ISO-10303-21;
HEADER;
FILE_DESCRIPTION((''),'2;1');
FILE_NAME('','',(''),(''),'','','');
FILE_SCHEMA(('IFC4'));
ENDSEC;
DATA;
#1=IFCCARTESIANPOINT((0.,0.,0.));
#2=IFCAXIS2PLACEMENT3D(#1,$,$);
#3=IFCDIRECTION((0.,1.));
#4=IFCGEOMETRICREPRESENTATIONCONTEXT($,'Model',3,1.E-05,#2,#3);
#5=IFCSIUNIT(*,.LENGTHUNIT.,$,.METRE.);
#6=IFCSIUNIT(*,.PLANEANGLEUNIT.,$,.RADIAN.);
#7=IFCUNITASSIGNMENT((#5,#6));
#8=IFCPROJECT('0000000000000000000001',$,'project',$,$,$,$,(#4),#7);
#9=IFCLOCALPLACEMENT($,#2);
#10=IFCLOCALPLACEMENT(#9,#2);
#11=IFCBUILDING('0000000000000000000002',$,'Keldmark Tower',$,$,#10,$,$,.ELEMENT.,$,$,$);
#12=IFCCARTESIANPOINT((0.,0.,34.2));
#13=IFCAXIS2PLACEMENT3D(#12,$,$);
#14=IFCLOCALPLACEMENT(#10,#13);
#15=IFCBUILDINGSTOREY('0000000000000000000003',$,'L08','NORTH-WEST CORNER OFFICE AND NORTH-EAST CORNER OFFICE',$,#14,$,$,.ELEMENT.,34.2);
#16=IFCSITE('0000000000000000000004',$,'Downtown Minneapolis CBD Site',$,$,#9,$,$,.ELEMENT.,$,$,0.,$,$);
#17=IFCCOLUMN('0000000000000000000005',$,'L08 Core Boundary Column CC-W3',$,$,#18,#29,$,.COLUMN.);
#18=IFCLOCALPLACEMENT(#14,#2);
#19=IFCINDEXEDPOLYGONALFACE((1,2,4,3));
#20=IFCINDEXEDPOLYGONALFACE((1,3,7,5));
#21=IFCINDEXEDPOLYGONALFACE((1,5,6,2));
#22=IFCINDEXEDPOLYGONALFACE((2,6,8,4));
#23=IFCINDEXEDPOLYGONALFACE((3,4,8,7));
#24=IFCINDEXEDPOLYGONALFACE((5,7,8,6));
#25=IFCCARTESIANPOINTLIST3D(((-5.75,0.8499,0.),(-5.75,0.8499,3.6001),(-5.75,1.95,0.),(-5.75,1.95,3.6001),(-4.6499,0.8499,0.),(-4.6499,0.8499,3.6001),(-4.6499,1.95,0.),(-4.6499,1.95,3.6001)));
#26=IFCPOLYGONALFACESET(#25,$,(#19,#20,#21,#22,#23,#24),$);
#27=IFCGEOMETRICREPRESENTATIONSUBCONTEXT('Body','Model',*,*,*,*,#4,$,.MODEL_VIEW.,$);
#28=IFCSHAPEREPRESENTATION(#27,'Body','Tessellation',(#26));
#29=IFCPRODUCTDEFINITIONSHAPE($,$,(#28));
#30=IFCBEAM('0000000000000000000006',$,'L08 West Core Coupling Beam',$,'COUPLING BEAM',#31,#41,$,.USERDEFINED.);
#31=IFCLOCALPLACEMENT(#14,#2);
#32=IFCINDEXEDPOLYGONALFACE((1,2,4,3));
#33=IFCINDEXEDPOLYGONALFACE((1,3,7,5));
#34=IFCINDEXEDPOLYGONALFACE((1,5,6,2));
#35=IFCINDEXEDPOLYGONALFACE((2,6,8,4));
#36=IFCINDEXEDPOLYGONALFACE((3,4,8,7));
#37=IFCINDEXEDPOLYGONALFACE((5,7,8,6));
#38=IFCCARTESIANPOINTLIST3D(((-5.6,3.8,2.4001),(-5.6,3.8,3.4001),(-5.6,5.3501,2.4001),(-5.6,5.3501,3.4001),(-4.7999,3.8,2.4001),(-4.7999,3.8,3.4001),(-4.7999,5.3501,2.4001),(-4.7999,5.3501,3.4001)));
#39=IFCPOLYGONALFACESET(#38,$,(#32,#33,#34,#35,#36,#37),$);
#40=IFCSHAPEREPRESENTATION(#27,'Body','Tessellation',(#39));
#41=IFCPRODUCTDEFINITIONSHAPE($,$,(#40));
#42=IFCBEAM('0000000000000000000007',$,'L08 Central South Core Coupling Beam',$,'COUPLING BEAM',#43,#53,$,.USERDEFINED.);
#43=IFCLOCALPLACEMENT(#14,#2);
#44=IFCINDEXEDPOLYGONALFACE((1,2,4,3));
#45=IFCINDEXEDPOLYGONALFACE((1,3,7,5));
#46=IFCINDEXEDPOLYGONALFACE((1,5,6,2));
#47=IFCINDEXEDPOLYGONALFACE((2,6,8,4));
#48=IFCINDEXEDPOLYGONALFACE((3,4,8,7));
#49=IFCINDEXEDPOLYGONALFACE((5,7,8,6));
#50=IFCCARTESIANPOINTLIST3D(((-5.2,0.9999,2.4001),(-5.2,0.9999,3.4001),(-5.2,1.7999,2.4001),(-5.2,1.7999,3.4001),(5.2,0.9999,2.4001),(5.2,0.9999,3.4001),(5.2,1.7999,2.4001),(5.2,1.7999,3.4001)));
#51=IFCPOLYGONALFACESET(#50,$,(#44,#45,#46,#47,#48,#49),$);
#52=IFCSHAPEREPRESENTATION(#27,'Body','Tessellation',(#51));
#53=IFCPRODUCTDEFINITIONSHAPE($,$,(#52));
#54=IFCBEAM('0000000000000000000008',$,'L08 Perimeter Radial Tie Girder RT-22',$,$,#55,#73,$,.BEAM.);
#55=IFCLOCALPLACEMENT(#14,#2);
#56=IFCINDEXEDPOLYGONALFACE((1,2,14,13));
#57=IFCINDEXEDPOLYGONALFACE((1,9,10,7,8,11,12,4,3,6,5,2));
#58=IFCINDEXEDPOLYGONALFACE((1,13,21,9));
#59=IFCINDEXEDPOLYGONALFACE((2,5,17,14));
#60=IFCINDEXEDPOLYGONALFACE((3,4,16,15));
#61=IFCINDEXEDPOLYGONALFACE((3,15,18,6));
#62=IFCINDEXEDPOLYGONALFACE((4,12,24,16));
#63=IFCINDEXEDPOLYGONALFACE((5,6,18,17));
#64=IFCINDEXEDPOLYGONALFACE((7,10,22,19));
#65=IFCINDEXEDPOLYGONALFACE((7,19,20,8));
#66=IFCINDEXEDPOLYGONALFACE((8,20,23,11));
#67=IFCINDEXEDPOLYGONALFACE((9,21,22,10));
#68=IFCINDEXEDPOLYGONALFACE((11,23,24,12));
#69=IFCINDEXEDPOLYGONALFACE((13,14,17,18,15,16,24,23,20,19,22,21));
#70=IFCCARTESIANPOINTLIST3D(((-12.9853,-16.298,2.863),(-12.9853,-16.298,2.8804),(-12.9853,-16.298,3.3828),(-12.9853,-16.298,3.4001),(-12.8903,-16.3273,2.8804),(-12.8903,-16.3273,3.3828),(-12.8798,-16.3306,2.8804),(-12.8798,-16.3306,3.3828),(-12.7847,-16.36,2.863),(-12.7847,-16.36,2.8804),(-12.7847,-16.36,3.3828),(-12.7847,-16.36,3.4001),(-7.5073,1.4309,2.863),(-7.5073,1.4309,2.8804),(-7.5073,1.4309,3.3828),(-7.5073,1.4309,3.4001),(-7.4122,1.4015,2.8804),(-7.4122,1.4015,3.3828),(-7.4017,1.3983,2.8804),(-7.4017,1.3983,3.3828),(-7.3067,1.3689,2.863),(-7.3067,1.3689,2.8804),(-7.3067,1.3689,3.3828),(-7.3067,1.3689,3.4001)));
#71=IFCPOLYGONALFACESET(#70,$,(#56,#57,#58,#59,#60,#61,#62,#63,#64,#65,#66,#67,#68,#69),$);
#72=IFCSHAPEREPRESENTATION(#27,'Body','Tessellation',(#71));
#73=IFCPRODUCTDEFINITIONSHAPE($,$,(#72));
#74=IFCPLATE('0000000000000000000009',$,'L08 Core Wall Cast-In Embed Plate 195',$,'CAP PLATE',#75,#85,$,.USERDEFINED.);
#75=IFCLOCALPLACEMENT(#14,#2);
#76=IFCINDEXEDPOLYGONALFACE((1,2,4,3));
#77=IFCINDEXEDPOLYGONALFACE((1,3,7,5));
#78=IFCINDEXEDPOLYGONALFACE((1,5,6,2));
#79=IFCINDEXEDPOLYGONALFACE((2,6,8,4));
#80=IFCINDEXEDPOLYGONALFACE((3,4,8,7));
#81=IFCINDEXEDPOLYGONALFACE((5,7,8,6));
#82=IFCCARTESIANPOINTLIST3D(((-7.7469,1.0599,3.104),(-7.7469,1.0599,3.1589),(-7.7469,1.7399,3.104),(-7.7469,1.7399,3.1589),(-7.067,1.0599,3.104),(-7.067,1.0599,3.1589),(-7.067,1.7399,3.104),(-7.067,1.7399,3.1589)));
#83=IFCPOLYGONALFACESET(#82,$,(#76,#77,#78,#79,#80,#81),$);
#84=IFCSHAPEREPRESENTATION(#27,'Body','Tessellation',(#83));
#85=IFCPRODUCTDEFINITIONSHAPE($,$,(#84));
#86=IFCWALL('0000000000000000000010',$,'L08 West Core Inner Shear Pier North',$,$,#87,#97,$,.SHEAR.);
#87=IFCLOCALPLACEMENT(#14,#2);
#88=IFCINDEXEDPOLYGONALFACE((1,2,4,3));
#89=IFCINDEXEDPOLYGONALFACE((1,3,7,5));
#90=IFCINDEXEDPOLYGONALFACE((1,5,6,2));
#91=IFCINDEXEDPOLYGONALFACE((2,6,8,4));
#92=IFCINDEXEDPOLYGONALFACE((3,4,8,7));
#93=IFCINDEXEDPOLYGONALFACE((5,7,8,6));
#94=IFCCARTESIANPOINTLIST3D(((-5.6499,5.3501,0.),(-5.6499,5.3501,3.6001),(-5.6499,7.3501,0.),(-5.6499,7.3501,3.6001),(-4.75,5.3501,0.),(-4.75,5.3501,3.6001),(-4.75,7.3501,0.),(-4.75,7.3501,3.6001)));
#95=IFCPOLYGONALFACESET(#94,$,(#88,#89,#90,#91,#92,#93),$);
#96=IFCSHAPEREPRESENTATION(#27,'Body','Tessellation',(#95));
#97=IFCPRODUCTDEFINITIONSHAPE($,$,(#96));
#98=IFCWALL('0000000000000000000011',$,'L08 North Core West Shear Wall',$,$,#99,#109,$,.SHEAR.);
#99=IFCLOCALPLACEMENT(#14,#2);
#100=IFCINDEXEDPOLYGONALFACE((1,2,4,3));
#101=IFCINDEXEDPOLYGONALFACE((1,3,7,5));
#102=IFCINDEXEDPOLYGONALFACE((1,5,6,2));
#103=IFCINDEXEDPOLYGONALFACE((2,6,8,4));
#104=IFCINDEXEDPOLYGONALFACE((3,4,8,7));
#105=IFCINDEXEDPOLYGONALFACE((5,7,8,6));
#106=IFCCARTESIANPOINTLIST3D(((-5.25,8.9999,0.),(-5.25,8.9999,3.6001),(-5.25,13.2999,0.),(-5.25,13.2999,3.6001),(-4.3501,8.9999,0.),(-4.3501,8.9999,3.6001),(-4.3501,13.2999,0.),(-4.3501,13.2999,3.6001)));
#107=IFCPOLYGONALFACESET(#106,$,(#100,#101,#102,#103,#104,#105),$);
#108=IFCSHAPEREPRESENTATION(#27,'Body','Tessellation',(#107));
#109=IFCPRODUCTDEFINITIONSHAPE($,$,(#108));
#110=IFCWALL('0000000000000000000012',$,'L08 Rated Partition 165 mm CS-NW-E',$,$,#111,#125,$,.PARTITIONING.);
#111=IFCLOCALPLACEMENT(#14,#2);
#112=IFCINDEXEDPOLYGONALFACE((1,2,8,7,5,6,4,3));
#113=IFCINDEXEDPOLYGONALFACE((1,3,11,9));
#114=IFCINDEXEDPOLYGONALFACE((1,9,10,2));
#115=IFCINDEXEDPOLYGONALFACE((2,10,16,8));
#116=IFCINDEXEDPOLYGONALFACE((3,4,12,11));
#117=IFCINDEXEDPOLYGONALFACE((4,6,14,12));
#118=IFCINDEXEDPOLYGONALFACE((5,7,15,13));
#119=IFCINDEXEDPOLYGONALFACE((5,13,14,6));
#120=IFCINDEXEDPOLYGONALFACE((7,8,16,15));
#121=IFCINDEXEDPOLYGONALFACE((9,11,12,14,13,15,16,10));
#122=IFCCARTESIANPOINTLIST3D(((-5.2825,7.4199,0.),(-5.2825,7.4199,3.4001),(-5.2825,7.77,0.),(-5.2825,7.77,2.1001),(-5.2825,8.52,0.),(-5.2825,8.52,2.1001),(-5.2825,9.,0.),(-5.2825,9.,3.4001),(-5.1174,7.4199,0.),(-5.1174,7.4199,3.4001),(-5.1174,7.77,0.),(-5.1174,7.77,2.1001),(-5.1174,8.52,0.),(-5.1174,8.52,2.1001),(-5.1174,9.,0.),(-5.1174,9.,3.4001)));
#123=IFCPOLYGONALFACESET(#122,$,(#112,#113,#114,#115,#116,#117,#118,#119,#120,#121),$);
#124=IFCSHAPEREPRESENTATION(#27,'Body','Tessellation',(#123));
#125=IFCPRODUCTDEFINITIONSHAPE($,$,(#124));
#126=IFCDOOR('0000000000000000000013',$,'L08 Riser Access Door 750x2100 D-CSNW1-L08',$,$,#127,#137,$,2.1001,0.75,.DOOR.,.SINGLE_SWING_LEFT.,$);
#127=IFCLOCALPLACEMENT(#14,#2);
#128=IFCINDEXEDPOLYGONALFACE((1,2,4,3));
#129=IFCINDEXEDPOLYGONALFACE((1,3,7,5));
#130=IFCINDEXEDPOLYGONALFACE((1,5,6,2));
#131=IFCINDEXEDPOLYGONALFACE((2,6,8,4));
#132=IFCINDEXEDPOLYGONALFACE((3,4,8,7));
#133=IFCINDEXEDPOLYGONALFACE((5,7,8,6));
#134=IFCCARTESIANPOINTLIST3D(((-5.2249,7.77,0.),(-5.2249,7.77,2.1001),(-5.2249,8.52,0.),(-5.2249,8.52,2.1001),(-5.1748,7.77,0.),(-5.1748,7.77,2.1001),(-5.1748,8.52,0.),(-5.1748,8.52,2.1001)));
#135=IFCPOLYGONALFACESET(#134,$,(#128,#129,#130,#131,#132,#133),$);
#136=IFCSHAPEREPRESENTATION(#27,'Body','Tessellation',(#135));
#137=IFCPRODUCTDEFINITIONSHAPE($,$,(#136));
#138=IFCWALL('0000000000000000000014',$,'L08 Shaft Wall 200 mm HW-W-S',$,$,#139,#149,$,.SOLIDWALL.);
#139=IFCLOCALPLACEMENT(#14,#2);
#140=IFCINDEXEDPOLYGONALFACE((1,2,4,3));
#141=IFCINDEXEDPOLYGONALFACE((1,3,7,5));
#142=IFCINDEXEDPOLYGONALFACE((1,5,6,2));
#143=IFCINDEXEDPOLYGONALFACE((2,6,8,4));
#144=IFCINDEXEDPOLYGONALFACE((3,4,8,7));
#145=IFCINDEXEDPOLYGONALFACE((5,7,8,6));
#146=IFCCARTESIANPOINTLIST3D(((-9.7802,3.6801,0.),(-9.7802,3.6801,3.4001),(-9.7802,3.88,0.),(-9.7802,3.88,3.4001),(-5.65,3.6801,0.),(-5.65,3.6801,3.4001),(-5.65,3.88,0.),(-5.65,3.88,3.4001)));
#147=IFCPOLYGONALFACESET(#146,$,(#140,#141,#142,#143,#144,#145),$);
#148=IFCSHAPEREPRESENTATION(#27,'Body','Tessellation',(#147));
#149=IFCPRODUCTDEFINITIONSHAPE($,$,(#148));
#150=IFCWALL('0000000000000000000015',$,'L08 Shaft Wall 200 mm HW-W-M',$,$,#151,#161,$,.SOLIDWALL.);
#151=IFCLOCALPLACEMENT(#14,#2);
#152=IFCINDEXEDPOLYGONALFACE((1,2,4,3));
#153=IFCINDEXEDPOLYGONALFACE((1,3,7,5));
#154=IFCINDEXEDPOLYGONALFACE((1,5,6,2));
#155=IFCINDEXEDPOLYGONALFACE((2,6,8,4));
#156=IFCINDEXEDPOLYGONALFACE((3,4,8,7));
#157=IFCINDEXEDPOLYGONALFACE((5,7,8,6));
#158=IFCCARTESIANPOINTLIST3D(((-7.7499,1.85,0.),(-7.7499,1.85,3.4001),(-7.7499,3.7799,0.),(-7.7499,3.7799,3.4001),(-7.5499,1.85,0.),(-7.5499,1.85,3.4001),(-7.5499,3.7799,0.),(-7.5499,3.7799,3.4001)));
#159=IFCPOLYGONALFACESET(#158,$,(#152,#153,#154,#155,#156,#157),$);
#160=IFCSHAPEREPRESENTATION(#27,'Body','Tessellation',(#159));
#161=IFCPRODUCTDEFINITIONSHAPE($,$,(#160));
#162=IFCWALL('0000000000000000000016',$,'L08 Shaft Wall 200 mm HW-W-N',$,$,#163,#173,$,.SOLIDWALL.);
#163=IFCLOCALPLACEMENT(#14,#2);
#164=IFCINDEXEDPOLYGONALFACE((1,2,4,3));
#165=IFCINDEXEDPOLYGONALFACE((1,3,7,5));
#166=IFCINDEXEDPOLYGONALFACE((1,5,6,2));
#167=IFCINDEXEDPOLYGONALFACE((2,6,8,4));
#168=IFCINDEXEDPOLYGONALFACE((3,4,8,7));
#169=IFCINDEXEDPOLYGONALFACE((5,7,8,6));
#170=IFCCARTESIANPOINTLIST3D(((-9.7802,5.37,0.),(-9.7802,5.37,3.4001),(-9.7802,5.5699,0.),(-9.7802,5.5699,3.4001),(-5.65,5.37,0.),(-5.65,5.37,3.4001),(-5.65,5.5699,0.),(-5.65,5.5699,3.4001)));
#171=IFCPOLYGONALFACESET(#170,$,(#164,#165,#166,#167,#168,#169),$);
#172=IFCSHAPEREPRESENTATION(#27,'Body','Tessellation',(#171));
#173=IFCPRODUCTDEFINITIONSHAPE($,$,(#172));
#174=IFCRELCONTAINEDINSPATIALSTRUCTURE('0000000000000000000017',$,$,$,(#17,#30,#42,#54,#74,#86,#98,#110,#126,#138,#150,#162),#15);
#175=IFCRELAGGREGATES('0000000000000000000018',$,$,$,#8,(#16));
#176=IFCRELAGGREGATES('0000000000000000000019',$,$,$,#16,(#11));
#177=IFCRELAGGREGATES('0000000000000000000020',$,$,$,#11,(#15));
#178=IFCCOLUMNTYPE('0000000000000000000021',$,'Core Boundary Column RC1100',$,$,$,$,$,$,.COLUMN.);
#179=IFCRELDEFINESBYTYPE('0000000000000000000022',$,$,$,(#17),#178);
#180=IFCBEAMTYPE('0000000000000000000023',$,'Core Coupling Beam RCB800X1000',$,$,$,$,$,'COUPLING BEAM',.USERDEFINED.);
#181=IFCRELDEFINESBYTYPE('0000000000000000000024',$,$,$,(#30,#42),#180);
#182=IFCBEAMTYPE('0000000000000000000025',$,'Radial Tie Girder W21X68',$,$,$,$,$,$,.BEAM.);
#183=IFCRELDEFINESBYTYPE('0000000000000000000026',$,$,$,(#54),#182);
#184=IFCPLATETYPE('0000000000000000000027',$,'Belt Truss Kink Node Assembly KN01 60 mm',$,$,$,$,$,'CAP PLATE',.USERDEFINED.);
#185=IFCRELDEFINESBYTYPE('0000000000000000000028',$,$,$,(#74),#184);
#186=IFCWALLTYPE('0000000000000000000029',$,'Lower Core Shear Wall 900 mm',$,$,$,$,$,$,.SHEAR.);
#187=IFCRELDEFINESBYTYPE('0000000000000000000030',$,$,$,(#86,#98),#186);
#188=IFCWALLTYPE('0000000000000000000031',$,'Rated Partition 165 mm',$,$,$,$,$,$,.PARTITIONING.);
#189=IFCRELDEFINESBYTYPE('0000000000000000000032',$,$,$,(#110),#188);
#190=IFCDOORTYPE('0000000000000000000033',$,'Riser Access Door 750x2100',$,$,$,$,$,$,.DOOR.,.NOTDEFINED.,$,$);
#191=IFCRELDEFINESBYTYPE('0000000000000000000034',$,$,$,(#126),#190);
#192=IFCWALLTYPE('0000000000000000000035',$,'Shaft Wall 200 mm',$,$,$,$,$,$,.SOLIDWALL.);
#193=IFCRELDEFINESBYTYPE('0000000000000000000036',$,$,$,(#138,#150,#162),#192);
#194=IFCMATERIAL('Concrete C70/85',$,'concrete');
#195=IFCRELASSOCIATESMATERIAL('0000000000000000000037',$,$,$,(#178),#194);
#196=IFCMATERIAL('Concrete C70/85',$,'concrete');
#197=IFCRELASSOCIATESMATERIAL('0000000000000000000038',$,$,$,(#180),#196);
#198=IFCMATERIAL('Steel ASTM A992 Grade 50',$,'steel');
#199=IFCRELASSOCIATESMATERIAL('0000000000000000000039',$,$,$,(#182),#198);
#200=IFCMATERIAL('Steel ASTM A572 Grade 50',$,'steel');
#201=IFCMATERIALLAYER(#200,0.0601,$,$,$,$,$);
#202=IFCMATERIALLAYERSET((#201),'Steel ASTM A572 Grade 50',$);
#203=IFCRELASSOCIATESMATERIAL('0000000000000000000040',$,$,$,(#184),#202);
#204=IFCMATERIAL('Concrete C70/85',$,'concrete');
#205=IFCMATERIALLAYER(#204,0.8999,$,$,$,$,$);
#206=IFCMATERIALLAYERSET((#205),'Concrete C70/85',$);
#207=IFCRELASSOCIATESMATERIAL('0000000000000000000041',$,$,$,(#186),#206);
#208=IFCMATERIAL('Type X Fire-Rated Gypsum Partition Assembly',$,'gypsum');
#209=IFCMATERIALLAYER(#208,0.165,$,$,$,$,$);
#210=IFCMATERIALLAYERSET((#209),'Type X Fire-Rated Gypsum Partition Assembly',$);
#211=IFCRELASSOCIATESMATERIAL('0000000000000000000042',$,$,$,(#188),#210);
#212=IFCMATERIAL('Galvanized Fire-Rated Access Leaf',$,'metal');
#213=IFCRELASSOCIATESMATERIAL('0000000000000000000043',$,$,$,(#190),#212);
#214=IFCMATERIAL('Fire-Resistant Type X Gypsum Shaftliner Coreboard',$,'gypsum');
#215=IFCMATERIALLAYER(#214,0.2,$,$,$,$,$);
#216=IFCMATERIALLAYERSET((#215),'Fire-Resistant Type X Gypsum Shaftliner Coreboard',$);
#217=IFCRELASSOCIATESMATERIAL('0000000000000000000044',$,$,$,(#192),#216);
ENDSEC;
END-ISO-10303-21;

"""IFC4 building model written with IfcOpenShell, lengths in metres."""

from ifc_helpers import new_model, si_unit, direction, frame, frame_2d, origin, origin_2d, place, context, subcontext, project, spatial, rectangle, i_section, extrude, material, layer, layer_set, material_profile, profile_set, type_object, element, fill, save


model = new_model("IFC4")

# Units and contexts
model_context = context("Model", 3, precision=1e-05, world=origin(), true_north=direction((0.0, 1.0)))
body_context = subcontext(model_context, "Body", "Model", "MODEL_VIEW")
ifc_project = project(units=[si_unit("LENGTHUNIT", "METRE"), si_unit("PLANEANGLEUNIT", "RADIAN")], contexts=[model_context])

# Site, building, storey
site_placement = place(None, origin())
site = spatial("IfcSite", under=ifc_project, at=site_placement, Name="Downtown Minneapolis CBD Site", CompositionType="ELEMENT", RefElevation=0.0)
building_placement = place(site_placement, origin())
building = spatial("IfcBuilding", under=site, at=building_placement, Name="Keldmark Tower", CompositionType="ELEMENT")
storey_placement = place(building_placement, frame((0.0, 0.0, 34.2)))
storey = spatial("IfcBuildingStorey", under=building, at=storey_placement, Name="L08", Description="NORTH-WEST CORNER OFFICE AND NORTH-EAST CORNER OFFICE", CompositionType="ELEMENT", Elevation=34.2)

# Column
ifc_material_1 = material(Name="Concrete C70/85", Category="concrete")
ifc_material_profile_1 = material_profile(ifc_material_1, rectangle(XDim=1.1001, YDim=1.1001, at=origin_2d()), Name="RC1100X1100")
ifc_profile_set_1 = profile_set([ifc_material_profile_1], Name="Concrete C70/85")
column_type = type_object("IfcColumnType", Name="Core Boundary Column RC1100", PredefinedType="COLUMN", material=ifc_profile_set_1)
column_placement = place(storey_placement, frame((-5.2, 1.3999, 0.0), z_axis=(0.0, 0.0, 1.0), x_axis=(1.0, 0.0, 0.0)))
element("IfcColumn", 1, at=column_placement, inside=storey, type_object=column_type, Name="L08 Core Boundary Column CC-W3", PredefinedType="COLUMN", context=body_context, shape_type="SweptSolid", body=[
    extrude(rectangle(XDim=1.1001, YDim=1.1001, at=origin_2d()), origin(), (0.0, 0.0, 1.0), 3.6001),
])

# Beams
ifc_material_2 = material(Name="Concrete C70/85", Category="concrete")
ifc_material_profile_2 = material_profile(ifc_material_2, rectangle(XDim=0.8, YDim=1.0, at=origin_2d()), Name="RCB800X1000")
ifc_profile_set_2 = profile_set([ifc_material_profile_2], Name="Concrete C70/85")
beam_type_1 = type_object("IfcBeamType", Name="Core Coupling Beam RCB800X1000", ElementType="COUPLING BEAM", PredefinedType="USERDEFINED", material=ifc_profile_set_2)
beam_1_placement = place(storey_placement, frame((-5.2, 3.8, 2.9001), z_axis=(0.0, 1.0, 0.0), x_axis=(-1.0, 0.0, 0.0)))
element("IfcBeam", 2, at=beam_1_placement, inside=storey, type_object=beam_type_1, Name="L08 West Core Coupling Beam", ObjectType="COUPLING BEAM", PredefinedType="USERDEFINED", context=body_context, shape_type="SweptSolid", body=[
    extrude(rectangle(XDim=0.8, YDim=1.0, at=origin_2d()), origin(), (0.0, 0.0, 1.0), 1.55),
])
beam_2_placement = place(storey_placement, frame((-5.2, 1.3999, 2.9001), z_axis=(1.0, 0.0, 0.0), x_axis=(0.0, 1.0, 0.0)))
element("IfcBeam", 3, at=beam_2_placement, inside=storey, type_object=beam_type_1, Name="L08 Central South Core Coupling Beam", ObjectType="COUPLING BEAM", PredefinedType="USERDEFINED", context=body_context, shape_type="SweptSolid", body=[
    extrude(rectangle(XDim=0.8, YDim=1.0, at=origin_2d()), origin(), (0.0, 0.0, 1.0), 10.3999),
])
ifc_material_3 = material(Name="Steel ASTM A992 Grade 50", Category="steel")
ifc_material_profile_3 = material_profile(ifc_material_3, i_section(OverallWidth=0.21, OverallDepth=0.5371, WebThickness=0.011, FlangeThickness=0.0173, at=origin_2d()), Name="W21X68")
ifc_profile_set_3 = profile_set([ifc_material_profile_3], Name="Steel ASTM A992 Grade 50")
beam_type_2 = type_object("IfcBeamType", Name="Radial Tie Girder W21X68", PredefinedType="BEAM", material=ifc_profile_set_3)
beam_3_placement = place(storey_placement, frame((-7.407, 1.3999, 3.1316), z_axis=(-0.295219, -0.95543, 0.0), x_axis=(0.95543, -0.295219, 0.0)))
element("IfcBeam", 4, at=beam_3_placement, inside=storey, type_object=beam_type_2, Name="L08 Perimeter Radial Tie Girder RT-22", PredefinedType="BEAM", context=body_context, shape_type="SweptSolid", body=[
    extrude(i_section(OverallWidth=0.21, OverallDepth=0.5371, WebThickness=0.011, FlangeThickness=0.0173, at=origin_2d()), origin(), (0.0, 0.0, 1.0), 18.5559),
])

# Plate
ifc_material_4 = material(Name="Steel ASTM A572 Grade 50", Category="steel")
ifc_layer_1 = layer(ifc_material_4, 0.0601)
ifc_layer_set_1 = layer_set([ifc_layer_1], Name="Steel ASTM A572 Grade 50")
plate_type = type_object("IfcPlateType", Name="Belt Truss Kink Node Assembly KN01 60 mm", ElementType="CAP PLATE", PredefinedType="USERDEFINED", material=ifc_layer_set_1)
plate_placement = place(storey_placement, frame((-7.407, 1.3999, 3.104), z_axis=(0.0, 0.0, 1.0), x_axis=(1.0, 0.0, 0.0)))
element("IfcPlate", 5, at=plate_placement, inside=storey, type_object=plate_type, Name="L08 Core Wall Cast-In Embed Plate 195", ObjectType="CAP PLATE", PredefinedType="USERDEFINED", context=body_context, shape_type="SweptSolid", body=[
    extrude(rectangle(XDim=0.6799, YDim=0.6799, at=origin_2d()), origin(), (0.0, 0.0, 1.0), 0.0549),
])

# Shared definitions
ifc_material_5 = material(Name="Concrete C70/85", Category="concrete")
ifc_layer_2 = layer(ifc_material_5, 0.8999)
ifc_layer_set_2 = layer_set([ifc_layer_2], Name="Concrete C70/85")
wall_type_1 = type_object("IfcWallType", Name="Lower Core Shear Wall 900 mm", PredefinedType="SHEAR", material=ifc_layer_set_2)

# Walls
wall_1_placement = place(storey_placement, frame((-5.2, 5.3501, 0.0), z_axis=(0.0, 0.0, 1.0), x_axis=(0.0, 1.0, 0.0)))
element("IfcWall", 6, at=wall_1_placement, inside=storey, type_object=wall_type_1, Name="L08 West Core Inner Shear Pier North", PredefinedType="SHEAR", context=body_context, shape_type="SweptSolid", body=[
    extrude(rectangle(XDim=2.0, YDim=0.8999, at=frame_2d((1.0, 0.0))), origin(), (0.0, 0.0, 1.0), 3.6001),
])
wall_2_placement = place(storey_placement, frame((-4.8, 9.0, 0.0), z_axis=(0.0, 0.0, 1.0), x_axis=(0.0, 1.0, 0.0)))
element("IfcWall", 7, at=wall_2_placement, inside=storey, type_object=wall_type_1, Name="L08 North Core West Shear Wall", PredefinedType="SHEAR", context=body_context, shape_type="SweptSolid", body=[
    extrude(rectangle(XDim=4.3, YDim=0.8999, at=frame_2d((2.1499, 0.0))), origin(), (0.0, 0.0, 1.0), 3.6001),
])

# Wall, opening, door
ifc_material_6 = material(Name="Type X Fire-Rated Gypsum Partition Assembly", Category="gypsum")
ifc_layer_3 = layer(ifc_material_6, 0.165)
ifc_layer_set_3 = layer_set([ifc_layer_3], Name="Type X Fire-Rated Gypsum Partition Assembly")
wall_type_2 = type_object("IfcWallType", Name="Rated Partition 165 mm", PredefinedType="PARTITIONING", material=ifc_layer_set_3)
wall_3_placement = place(storey_placement, frame((-5.2, 7.4199, 0.0), z_axis=(0.0, 0.0, 1.0), x_axis=(0.0, 1.0, 0.0)))
wall_3 = element("IfcWall", 8, at=wall_3_placement, inside=storey, type_object=wall_type_2, Name="L08 Rated Partition 165 mm CS-NW-E", PredefinedType="PARTITIONING", context=body_context, shape_type="SweptSolid", body=[
    extrude(rectangle(XDim=1.5801, YDim=0.165, at=frame_2d((0.79, 0.0))), origin(), (0.0, 0.0, 1.0), 3.4001),
])
opening_1_placement = place(wall_3_placement, frame((0.3501, 0.0, 0.0)))
opening_1 = element("IfcOpeningElement", 9, at=opening_1_placement, cuts=wall_3, PredefinedType="OPENING", context=body_context, shape_type="SweptSolid", body=[
    extrude(rectangle(XDim=0.75, YDim=2.1001, at=frame_2d((0.375, 1.05))), frame((0.0, 0.0925, 0.0), z_axis=(0.0, -1.0, 0.0), x_axis=(1.0, 0.0, 0.0)), (0.0, 0.0, 1.0), 0.1851),
])
ifc_material_7 = material(Name="Galvanized Fire-Rated Access Leaf", Category="metal")
door_type_1 = type_object("IfcDoorType", Name="Riser Access Door 750x2100", OperationType="NOTDEFINED", PredefinedType="DOOR", material=ifc_material_7)
door_1_placement = place(opening_1_placement, origin())
door_1 = element("IfcDoor", 10, at=door_1_placement, inside=storey, type_object=door_type_1, Name="L08 Riser Access Door 750x2100 D-CSNW1-L08", OperationType="SINGLE_SWING_LEFT", OverallHeight=2.1001, OverallWidth=0.75, PredefinedType="DOOR", context=body_context, shape_type="SweptSolid", body=[
    extrude(rectangle(XDim=0.75, YDim=2.1001, at=frame_2d((0.375, 1.05))), frame((0.0, 0.0249, 0.0), z_axis=(0.0, -1.0, 0.0), x_axis=(1.0, 0.0, 0.0)), (0.0, 0.0, 1.0), 0.05),
])
fill(opening_1, door_1)

# Walls
ifc_material_8 = material(Name="Fire-Resistant Type X Gypsum Shaftliner Coreboard", Category="gypsum")
ifc_layer_4 = layer(ifc_material_8, 0.2)
ifc_layer_set_4 = layer_set([ifc_layer_4], Name="Fire-Resistant Type X Gypsum Shaftliner Coreboard")
wall_type_3 = type_object("IfcWallType", Name="Shaft Wall 200 mm", PredefinedType="SOLIDWALL", material=ifc_layer_set_4)
wall_4_placement = place(storey_placement, frame((-9.78, 3.78, 0.0), z_axis=(0.0, 0.0, 1.0), x_axis=(1.0, 0.0, 0.0)))
element("IfcWall", 11, at=wall_4_placement, inside=storey, type_object=wall_type_3, Name="L08 Shaft Wall 200 mm HW-W-S", PredefinedType="SOLIDWALL", context=body_context, shape_type="SweptSolid", body=[
    extrude(rectangle(XDim=4.1301, YDim=0.2, at=frame_2d((2.0649, 0.0))), origin(), (0.0, 0.0, 1.0), 3.4001),
])
wall_5_placement = place(storey_placement, frame((-7.6499, 1.8501, 0.0), z_axis=(0.0, 0.0, 1.0), x_axis=(0.0, 1.0, 0.0)))
element("IfcWall", 12, at=wall_5_placement, inside=storey, type_object=wall_type_3, Name="L08 Shaft Wall 200 mm HW-W-M", PredefinedType="SOLIDWALL", context=body_context, shape_type="SweptSolid", body=[
    extrude(rectangle(XDim=1.9299, YDim=0.2, at=frame_2d((0.9648, 0.0))), origin(), (0.0, 0.0, 1.0), 3.4001),
])
for number, where, z_axis, x_axis, name in (
    (13, (-9.78, 5.47, 0.0), (0.0, 0.0, 1.0), (1.0, 0.0, 0.0), "L08 Shaft Wall 200 mm HW-W-N"),
):
    element("IfcWall", number, at=place(storey_placement, frame(where, z_axis=z_axis, x_axis=x_axis)), inside=storey, type_object=wall_type_3, Name=name, PredefinedType="SOLIDWALL", context=body_context, shape_type="SweptSolid", body=[
        extrude(rectangle(XDim=4.1301, YDim=0.2, at=frame_2d((2.0649, 0.0))), origin(), (0.0, 0.0, 1.0), 3.4001),
    ])

save(model, "model.ifc")
